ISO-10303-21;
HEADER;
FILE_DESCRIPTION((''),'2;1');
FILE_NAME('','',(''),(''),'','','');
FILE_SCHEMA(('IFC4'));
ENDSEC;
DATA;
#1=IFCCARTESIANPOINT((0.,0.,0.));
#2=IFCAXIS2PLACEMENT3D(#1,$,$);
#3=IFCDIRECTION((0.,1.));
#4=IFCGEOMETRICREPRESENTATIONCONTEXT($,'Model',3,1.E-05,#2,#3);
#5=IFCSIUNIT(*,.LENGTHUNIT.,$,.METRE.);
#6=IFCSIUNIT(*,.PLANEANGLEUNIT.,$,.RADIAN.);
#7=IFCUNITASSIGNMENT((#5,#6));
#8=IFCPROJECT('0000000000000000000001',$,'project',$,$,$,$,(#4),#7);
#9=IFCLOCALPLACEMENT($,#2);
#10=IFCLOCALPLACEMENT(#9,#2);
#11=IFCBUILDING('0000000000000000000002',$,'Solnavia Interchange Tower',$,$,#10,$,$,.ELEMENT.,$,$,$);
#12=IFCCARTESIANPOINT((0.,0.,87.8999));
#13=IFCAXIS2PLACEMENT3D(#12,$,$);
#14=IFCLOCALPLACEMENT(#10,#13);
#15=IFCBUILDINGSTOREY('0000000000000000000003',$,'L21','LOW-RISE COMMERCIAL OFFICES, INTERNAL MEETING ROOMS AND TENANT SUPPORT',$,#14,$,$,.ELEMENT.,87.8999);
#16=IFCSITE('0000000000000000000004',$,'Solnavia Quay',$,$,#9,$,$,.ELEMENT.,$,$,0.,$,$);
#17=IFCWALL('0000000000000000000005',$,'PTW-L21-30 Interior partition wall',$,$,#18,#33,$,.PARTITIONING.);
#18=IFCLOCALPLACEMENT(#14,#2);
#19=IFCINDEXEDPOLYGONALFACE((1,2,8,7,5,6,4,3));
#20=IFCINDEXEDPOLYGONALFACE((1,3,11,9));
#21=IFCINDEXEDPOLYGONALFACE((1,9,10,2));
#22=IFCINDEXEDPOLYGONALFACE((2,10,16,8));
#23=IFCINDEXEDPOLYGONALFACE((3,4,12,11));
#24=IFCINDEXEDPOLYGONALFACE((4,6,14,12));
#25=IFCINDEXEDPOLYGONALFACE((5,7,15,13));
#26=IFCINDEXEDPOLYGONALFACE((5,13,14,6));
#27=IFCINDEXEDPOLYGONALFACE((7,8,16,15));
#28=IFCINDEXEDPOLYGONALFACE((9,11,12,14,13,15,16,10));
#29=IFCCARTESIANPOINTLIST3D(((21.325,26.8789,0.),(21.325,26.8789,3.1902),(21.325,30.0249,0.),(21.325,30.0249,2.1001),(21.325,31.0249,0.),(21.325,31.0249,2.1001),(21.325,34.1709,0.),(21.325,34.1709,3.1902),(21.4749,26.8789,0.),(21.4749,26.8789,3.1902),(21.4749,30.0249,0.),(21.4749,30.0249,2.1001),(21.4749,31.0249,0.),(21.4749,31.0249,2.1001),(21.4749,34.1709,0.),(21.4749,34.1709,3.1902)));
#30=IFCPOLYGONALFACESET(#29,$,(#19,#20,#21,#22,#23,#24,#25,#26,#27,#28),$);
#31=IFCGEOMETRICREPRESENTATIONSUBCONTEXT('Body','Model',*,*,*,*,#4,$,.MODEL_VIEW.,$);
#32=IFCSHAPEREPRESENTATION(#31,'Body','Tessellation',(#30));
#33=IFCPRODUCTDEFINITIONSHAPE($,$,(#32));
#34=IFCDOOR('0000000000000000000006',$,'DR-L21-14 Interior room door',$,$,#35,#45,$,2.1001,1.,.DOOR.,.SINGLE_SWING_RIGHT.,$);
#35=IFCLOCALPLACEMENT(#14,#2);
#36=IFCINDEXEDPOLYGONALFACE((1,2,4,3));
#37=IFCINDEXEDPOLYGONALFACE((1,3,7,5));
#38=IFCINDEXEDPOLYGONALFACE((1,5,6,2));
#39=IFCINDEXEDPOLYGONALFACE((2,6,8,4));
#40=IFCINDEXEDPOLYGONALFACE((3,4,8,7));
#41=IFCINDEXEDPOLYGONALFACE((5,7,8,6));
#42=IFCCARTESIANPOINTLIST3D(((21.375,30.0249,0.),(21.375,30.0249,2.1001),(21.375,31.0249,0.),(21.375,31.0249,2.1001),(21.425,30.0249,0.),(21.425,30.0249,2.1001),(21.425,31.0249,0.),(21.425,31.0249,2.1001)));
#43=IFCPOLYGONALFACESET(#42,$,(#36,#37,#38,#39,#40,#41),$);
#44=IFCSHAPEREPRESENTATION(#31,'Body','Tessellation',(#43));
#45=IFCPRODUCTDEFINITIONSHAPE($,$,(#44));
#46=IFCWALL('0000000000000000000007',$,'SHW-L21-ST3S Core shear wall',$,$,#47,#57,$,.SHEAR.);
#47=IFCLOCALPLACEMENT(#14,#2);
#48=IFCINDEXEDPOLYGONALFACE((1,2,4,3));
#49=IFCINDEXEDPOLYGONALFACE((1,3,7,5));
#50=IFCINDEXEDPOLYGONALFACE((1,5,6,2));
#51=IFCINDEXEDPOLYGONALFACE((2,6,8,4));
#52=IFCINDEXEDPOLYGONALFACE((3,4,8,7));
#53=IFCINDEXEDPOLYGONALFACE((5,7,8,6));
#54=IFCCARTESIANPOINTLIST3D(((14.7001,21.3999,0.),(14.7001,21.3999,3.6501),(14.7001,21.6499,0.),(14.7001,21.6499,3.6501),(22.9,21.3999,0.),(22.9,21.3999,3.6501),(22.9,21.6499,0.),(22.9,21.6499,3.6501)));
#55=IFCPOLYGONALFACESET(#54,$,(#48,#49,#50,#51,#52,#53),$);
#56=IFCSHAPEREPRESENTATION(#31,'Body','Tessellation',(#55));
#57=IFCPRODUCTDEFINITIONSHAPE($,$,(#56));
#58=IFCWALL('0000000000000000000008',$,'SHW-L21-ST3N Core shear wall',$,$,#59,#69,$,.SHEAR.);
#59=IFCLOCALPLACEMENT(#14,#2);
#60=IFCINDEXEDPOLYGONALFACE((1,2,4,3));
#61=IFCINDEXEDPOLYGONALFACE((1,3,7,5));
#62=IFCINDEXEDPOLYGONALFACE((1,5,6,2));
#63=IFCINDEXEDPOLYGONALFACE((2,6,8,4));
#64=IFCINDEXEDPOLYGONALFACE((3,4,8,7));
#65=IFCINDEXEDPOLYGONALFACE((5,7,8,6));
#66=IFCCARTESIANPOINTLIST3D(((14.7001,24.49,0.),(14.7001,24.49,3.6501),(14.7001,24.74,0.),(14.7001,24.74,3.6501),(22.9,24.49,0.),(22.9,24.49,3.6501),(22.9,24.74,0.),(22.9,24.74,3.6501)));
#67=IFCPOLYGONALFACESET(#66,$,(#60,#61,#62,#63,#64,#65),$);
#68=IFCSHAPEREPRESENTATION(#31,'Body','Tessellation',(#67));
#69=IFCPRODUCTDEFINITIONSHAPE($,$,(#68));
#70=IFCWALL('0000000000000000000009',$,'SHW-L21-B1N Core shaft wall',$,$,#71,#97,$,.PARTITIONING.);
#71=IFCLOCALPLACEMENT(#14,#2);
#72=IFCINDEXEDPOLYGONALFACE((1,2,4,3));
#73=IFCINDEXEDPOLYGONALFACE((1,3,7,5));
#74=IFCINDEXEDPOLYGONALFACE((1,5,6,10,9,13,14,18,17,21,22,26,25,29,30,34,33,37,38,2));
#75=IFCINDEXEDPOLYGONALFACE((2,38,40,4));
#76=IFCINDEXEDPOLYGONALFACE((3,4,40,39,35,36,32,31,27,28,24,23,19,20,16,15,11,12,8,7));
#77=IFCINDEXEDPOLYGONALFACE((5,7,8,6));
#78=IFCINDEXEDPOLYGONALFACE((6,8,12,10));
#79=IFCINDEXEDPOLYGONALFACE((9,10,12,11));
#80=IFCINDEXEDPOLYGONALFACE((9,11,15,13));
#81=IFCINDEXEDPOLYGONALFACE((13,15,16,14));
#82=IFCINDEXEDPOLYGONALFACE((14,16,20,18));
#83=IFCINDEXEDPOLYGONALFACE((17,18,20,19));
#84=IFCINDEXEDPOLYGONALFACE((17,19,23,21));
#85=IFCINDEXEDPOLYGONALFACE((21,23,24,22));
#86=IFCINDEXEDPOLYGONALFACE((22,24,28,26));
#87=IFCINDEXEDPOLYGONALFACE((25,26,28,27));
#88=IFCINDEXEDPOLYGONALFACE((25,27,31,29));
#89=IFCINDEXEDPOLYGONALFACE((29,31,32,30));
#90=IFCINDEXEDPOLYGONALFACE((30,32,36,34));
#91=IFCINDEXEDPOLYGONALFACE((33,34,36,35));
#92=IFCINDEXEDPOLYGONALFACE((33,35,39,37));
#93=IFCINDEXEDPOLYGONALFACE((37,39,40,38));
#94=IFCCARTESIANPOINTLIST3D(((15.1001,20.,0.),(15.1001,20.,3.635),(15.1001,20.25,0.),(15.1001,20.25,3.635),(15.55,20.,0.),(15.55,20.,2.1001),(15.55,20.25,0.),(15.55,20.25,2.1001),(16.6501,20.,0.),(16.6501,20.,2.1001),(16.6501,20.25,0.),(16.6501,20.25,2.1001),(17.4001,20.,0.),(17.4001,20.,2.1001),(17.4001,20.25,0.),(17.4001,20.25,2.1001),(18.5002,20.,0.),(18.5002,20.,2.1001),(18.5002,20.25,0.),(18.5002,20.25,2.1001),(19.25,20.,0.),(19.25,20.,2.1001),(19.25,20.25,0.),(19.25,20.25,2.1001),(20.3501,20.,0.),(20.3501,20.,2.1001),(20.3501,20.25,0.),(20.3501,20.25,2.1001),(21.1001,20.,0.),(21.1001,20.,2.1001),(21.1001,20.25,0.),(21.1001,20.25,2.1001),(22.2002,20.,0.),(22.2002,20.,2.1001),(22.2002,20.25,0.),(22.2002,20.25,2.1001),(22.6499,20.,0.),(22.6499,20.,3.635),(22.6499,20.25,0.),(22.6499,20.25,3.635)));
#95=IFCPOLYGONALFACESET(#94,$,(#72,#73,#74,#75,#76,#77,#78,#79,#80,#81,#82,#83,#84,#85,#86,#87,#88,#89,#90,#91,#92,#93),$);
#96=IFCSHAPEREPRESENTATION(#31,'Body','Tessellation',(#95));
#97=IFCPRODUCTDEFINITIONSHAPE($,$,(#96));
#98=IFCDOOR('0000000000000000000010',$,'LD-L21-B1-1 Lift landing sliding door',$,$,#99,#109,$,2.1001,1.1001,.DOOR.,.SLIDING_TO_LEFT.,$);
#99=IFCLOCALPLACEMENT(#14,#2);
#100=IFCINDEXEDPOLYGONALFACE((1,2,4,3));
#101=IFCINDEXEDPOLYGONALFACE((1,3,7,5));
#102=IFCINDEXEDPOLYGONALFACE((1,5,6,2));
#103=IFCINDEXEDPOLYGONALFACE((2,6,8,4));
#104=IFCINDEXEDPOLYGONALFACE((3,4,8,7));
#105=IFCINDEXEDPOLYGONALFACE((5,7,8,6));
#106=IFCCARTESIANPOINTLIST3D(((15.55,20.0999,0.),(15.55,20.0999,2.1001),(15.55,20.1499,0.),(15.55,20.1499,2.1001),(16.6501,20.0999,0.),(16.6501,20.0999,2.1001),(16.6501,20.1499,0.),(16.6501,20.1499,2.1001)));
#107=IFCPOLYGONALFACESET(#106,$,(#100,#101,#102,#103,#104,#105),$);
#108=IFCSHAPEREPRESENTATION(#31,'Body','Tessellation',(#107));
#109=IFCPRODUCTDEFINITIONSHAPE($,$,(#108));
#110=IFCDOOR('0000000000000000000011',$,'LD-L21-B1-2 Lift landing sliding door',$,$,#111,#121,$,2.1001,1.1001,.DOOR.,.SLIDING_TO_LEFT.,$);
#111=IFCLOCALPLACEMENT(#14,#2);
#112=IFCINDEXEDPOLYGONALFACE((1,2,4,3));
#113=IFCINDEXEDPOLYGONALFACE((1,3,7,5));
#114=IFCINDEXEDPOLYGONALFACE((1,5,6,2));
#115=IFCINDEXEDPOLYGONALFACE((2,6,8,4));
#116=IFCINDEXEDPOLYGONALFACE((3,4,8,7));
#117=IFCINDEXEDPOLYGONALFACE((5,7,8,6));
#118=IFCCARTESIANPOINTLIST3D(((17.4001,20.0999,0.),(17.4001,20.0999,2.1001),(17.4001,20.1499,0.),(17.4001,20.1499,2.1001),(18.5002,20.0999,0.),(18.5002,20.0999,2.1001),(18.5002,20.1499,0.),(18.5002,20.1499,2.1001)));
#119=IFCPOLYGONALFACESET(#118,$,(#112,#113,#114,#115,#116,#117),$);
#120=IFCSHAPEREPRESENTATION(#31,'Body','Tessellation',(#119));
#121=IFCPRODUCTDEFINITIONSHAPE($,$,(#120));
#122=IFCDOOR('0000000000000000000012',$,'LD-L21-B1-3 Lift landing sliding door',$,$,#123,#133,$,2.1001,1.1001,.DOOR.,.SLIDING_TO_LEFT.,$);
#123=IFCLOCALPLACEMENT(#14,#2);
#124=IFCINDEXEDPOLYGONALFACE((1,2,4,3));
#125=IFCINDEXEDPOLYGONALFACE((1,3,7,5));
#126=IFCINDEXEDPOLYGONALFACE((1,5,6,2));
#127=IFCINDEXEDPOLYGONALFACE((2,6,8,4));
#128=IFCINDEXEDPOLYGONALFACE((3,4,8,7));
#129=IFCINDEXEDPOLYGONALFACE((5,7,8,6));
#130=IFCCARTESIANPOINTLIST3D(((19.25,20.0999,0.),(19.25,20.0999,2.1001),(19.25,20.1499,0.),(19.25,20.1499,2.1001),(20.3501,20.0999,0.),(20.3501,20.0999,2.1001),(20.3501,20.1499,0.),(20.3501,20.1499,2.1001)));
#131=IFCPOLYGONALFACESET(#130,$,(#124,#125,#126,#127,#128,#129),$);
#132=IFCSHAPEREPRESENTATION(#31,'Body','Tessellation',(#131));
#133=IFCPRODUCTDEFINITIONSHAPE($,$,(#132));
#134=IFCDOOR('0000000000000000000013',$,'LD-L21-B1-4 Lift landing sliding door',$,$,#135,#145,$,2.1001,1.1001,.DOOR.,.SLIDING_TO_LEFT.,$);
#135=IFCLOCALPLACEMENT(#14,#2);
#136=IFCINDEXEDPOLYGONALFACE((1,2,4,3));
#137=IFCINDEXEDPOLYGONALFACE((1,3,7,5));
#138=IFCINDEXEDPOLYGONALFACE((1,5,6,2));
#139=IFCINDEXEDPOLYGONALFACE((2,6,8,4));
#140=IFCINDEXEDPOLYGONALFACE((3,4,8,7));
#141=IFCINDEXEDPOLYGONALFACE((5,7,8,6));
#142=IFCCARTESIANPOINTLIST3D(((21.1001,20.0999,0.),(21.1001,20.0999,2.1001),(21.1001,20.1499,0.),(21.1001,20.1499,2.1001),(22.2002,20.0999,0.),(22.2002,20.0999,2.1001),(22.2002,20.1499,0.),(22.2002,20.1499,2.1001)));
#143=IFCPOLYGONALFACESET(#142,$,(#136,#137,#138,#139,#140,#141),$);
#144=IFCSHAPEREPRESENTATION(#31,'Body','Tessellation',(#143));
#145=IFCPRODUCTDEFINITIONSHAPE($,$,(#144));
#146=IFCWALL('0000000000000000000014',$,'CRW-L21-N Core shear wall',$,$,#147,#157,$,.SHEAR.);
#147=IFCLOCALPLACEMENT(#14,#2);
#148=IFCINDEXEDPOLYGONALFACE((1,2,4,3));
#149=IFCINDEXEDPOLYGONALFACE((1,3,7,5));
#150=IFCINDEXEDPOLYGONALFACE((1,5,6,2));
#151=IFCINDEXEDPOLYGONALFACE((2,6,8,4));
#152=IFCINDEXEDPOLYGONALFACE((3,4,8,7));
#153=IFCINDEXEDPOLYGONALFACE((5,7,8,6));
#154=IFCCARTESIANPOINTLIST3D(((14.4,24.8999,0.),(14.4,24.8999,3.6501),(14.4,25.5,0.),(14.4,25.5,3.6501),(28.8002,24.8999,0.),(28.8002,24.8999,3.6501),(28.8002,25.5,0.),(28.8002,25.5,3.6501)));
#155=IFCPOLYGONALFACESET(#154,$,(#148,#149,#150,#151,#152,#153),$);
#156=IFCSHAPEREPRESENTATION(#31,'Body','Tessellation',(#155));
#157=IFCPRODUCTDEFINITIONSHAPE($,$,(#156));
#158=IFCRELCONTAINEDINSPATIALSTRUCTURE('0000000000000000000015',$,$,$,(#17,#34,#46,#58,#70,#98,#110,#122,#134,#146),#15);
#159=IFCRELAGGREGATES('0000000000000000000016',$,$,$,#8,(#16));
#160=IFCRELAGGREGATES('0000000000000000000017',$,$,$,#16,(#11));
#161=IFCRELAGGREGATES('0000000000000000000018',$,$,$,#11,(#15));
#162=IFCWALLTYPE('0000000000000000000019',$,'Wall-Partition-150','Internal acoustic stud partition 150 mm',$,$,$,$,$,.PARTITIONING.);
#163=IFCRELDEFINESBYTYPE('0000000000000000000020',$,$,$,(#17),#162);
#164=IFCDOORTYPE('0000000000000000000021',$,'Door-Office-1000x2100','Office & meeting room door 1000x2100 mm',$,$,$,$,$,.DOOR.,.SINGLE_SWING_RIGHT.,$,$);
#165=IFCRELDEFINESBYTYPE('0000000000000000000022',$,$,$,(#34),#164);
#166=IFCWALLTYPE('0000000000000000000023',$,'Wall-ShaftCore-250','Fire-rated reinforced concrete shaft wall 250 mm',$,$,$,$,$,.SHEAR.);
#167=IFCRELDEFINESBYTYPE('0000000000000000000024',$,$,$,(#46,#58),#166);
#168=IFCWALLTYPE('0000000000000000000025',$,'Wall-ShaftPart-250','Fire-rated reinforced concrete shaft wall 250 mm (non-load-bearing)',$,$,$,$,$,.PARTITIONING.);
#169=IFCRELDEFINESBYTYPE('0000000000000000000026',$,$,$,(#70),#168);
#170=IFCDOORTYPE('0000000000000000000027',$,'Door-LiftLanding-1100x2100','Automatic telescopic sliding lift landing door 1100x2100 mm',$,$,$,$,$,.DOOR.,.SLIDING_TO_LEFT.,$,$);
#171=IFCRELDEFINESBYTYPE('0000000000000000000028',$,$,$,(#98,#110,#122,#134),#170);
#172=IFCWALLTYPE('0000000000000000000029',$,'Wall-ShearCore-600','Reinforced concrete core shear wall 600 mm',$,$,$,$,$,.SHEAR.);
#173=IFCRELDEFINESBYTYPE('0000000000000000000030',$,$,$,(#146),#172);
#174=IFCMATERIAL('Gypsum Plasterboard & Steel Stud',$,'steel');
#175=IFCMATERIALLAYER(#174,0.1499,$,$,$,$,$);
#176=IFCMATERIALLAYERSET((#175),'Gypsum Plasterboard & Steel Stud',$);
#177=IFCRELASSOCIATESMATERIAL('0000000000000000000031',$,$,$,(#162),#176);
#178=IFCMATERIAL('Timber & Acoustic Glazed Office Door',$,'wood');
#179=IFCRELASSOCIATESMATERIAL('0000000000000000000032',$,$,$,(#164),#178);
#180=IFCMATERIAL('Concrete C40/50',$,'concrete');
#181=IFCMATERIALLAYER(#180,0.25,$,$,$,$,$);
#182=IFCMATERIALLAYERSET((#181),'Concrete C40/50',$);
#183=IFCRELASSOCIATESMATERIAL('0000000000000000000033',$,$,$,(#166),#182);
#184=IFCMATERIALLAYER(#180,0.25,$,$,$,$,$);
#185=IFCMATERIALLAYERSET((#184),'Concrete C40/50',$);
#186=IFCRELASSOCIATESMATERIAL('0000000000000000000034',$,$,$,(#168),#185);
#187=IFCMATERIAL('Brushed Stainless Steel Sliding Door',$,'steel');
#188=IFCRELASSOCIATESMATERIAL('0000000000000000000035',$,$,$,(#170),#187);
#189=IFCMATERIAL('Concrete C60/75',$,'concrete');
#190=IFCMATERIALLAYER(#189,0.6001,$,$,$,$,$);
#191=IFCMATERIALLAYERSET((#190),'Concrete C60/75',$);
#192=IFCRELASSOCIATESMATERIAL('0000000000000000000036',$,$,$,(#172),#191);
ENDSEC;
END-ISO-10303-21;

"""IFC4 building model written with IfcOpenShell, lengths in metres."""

from ifc_helpers import new_model, si_unit, direction, frame, frame_2d, origin, place, context, subcontext, project, spatial, rectangle, extrude, material, layer, layer_set, type_object, element, fill, save


model = new_model("IFC4")

# Units and contexts
model_context = context("Model", 3, precision=1e-05, world=origin(), true_north=direction((0.0, 1.0)))
body_context = subcontext(model_context, "Body", "Model", "MODEL_VIEW")
ifc_project = project(units=[si_unit("LENGTHUNIT", "METRE"), si_unit("PLANEANGLEUNIT", "RADIAN")], contexts=[model_context])

# Site, building, storey
site_placement = place(None, origin())
site = spatial("IfcSite", under=ifc_project, at=site_placement, Name="Solnavia Quay", CompositionType="ELEMENT", RefElevation=0.0)
building_placement = place(site_placement, origin())
building = spatial("IfcBuilding", under=site, at=building_placement, Name="Solnavia Interchange Tower", CompositionType="ELEMENT")
storey_placement = place(building_placement, frame((0.0, 0.0, 87.8999)))
storey = spatial("IfcBuildingStorey", under=building, at=storey_placement, Name="L21", Description="LOW-RISE COMMERCIAL OFFICES, INTERNAL MEETING ROOMS AND TENANT SUPPORT", CompositionType="ELEMENT", Elevation=87.8999)

# Shared definitions
ifc_material_1 = material(Name="Gypsum Plasterboard & Steel Stud", Category="steel")
ifc_layer_1 = layer(ifc_material_1, 0.1499)
ifc_layer_set_1 = layer_set([ifc_layer_1], Name="Gypsum Plasterboard & Steel Stud")
wall_type_1 = type_object("IfcWallType", Name="Wall-Partition-150", Description="Internal acoustic stud partition 150 mm", PredefinedType="PARTITIONING", material=ifc_layer_set_1)

# Wall, opening, door
wall_1_placement = place(storey_placement, frame((21.3999, 26.8789, 0.0), z_axis=(0.0, 0.0, 1.0), x_axis=(0.0, 1.0, 0.0)))
wall_1 = element("IfcWall", 1, at=wall_1_placement, inside=storey, type_object=wall_type_1, Name="PTW-L21-30 Interior partition wall", PredefinedType="PARTITIONING", context=body_context, shape_type="SweptSolid", body=[
    extrude(rectangle(XDim=7.292, YDim=0.1499, at=frame_2d((3.646, 0.0))), origin(), (0.0, 0.0, 1.0), 3.1902),
])
opening_1_placement = place(wall_1_placement, frame((3.146, 0.0, 0.0)))
opening_1 = element("IfcOpeningElement", 2, at=opening_1_placement, cuts=wall_1, PredefinedType="OPENING", context=body_context, shape_type="SweptSolid", body=[
    extrude(rectangle(XDim=1.0, YDim=2.1001, at=frame_2d((0.5, 1.05))), frame((0.0, 0.085, 0.0), z_axis=(0.0, -1.0, 0.0), x_axis=(1.0, 0.0, 0.0)), (0.0, 0.0, 1.0), 0.1699),
])
ifc_material_2 = material(Name="Timber & Acoustic Glazed Office Door", Category="wood")
door_type_1 = type_object("IfcDoorType", Name="Door-Office-1000x2100", Description="Office & meeting room door 1000x2100 mm", OperationType="SINGLE_SWING_RIGHT", PredefinedType="DOOR", material=ifc_material_2)
door_1_placement = place(opening_1_placement, origin())
door_1 = element("IfcDoor", 3, at=door_1_placement, inside=storey, type_object=door_type_1, Name="DR-L21-14 Interior room door", OperationType="SINGLE_SWING_RIGHT", OverallHeight=2.1001, OverallWidth=1.0, PredefinedType="DOOR", context=body_context, shape_type="SweptSolid", body=[
    extrude(rectangle(XDim=1.0, YDim=2.1001, at=frame_2d((0.5, 1.05))), frame((0.0, 0.0249, 0.0), z_axis=(0.0, -1.0, 0.0), x_axis=(1.0, 0.0, 0.0)), (0.0, 0.0, 1.0), 0.05),
])
fill(opening_1, door_1)

# Walls
ifc_material_3 = material(Name="Concrete C40/50", Category="concrete")
ifc_layer_2 = layer(ifc_material_3, 0.25)
ifc_layer_set_2 = layer_set([ifc_layer_2], Name="Concrete C40/50")
wall_type_2 = type_object("IfcWallType", Name="Wall-ShaftCore-250", Description="Fire-rated reinforced concrete shaft wall 250 mm", PredefinedType="SHEAR", material=ifc_layer_set_2)
for number, where, z_axis, x_axis, name in (
    (4, (14.7, 21.5249, 0.0), (0.0, 0.0, 1.0), (1.0, 0.0, 0.0), "SHW-L21-ST3S Core shear wall"),
    (5, (14.7, 24.615, 0.0), (0.0, 0.0, 1.0), (1.0, 0.0, 0.0), "SHW-L21-ST3N Core shear wall"),
):
    element("IfcWall", number, at=place(storey_placement, frame(where, z_axis=z_axis, x_axis=x_axis)), inside=storey, type_object=wall_type_2, Name=name, PredefinedType="SHEAR", context=body_context, shape_type="SweptSolid", body=[
        extrude(rectangle(XDim=8.2, YDim=0.25, at=frame_2d((4.1001, 0.0))), origin(), (0.0, 0.0, 1.0), 3.6501),
    ])

# Wall, openings, doors
ifc_layer_3 = layer(ifc_material_3, 0.25)
ifc_layer_set_3 = layer_set([ifc_layer_3], Name="Concrete C40/50")
wall_type_3 = type_object("IfcWallType", Name="Wall-ShaftPart-250", Description="Fire-rated reinforced concrete shaft wall 250 mm (non-load-bearing)", PredefinedType="PARTITIONING", material=ifc_layer_set_3)
wall_2_placement = place(storey_placement, frame((15.1001, 20.125, 0.0), z_axis=(0.0, 0.0, 1.0), x_axis=(1.0, 0.0, 0.0)))
wall_2 = element("IfcWall", 6, at=wall_2_placement, inside=storey, type_object=wall_type_3, Name="SHW-L21-B1N Core shaft wall", PredefinedType="PARTITIONING", context=body_context, shape_type="SweptSolid", body=[
    extrude(rectangle(XDim=7.5498, YDim=0.25, at=frame_2d((3.7749, 0.0))), origin(), (0.0, 0.0, 1.0), 3.635),
])
opening_2_placement = place(wall_2_placement, frame((0.45, 0.0, 0.0)))
opening_2 = element("IfcOpeningElement", 7, at=opening_2_placement, cuts=wall_2, PredefinedType="OPENING", context=body_context, shape_type="SweptSolid", body=[
    extrude(rectangle(XDim=1.1001, YDim=2.1001, at=frame_2d((0.55, 1.05))), frame((0.0, 0.135, 0.0), z_axis=(0.0, -1.0, 0.0), x_axis=(1.0, 0.0, 0.0)), (0.0, 0.0, 1.0), 0.27),
])
opening_3_placement = place(wall_2_placement, frame((2.3, 0.0, 0.0)))
opening_3 = element("IfcOpeningElement", 8, at=opening_3_placement, cuts=wall_2, PredefinedType="OPENING", context=body_context, shape_type="SweptSolid", body=[
    extrude(rectangle(XDim=1.1001, YDim=2.1001, at=frame_2d((0.55, 1.05))), frame((0.0, 0.135, 0.0), z_axis=(0.0, -1.0, 0.0), x_axis=(1.0, 0.0, 0.0)), (0.0, 0.0, 1.0), 0.27),
])
opening_4_placement = place(wall_2_placement, frame((4.1499, 0.0, 0.0)))
opening_4 = element("IfcOpeningElement", 9, at=opening_4_placement, cuts=wall_2, PredefinedType="OPENING", context=body_context, shape_type="SweptSolid", body=[
    extrude(rectangle(XDim=1.1001, YDim=2.1001, at=frame_2d((0.55, 1.05))), frame((0.0, 0.135, 0.0), z_axis=(0.0, -1.0, 0.0), x_axis=(1.0, 0.0, 0.0)), (0.0, 0.0, 1.0), 0.27),
])
opening_5_placement = place(wall_2_placement, frame((6.0, 0.0, 0.0)))
opening_5 = element("IfcOpeningElement", 10, at=opening_5_placement, cuts=wall_2, PredefinedType="OPENING", context=body_context, shape_type="SweptSolid", body=[
    extrude(rectangle(XDim=1.1001, YDim=2.1001, at=frame_2d((0.55, 1.05))), frame((0.0, 0.135, 0.0), z_axis=(0.0, -1.0, 0.0), x_axis=(1.0, 0.0, 0.0)), (0.0, 0.0, 1.0), 0.27),
])
ifc_material_4 = material(Name="Brushed Stainless Steel Sliding Door", Category="steel")
door_type_2 = type_object("IfcDoorType", Name="Door-LiftLanding-1100x2100", Description="Automatic telescopic sliding lift landing door 1100x2100 mm", OperationType="SLIDING_TO_LEFT", PredefinedType="DOOR", material=ifc_material_4)
door_2_placement = place(opening_2_placement, origin())
door_2 = element("IfcDoor", 11, at=door_2_placement, inside=storey, type_object=door_type_2, Name="LD-L21-B1-1 Lift landing sliding door", OperationType="SLIDING_TO_LEFT", OverallHeight=2.1001, OverallWidth=1.1001, PredefinedType="DOOR", context=body_context, shape_type="SweptSolid", body=[
    extrude(rectangle(XDim=1.1001, YDim=2.1001, at=frame_2d((0.55, 1.05))), frame((0.0, 0.0249, 0.0), z_axis=(0.0, -1.0, 0.0), x_axis=(1.0, 0.0, 0.0)), (0.0, 0.0, 1.0), 0.05),
])
fill(opening_2, door_2)
door_3_placement = place(opening_3_placement, origin())
door_3 = element("IfcDoor", 12, at=door_3_placement, inside=storey, type_object=door_type_2, Name="LD-L21-B1-2 Lift landing sliding door", OperationType="SLIDING_TO_LEFT", OverallHeight=2.1001, OverallWidth=1.1001, PredefinedType="DOOR", context=body_context, shape_type="SweptSolid", body=[
    extrude(rectangle(XDim=1.1001, YDim=2.1001, at=frame_2d((0.55, 1.05))), frame((0.0, 0.0249, 0.0), z_axis=(0.0, -1.0, 0.0), x_axis=(1.0, 0.0, 0.0)), (0.0, 0.0, 1.0), 0.05),
])
fill(opening_3, door_3)
door_4_placement = place(opening_4_placement, origin())
door_4 = element("IfcDoor", 13, at=door_4_placement, inside=storey, type_object=door_type_2, Name="LD-L21-B1-3 Lift landing sliding door", OperationType="SLIDING_TO_LEFT", OverallHeight=2.1001, OverallWidth=1.1001, PredefinedType="DOOR", context=body_context, shape_type="SweptSolid", body=[
    extrude(rectangle(XDim=1.1001, YDim=2.1001, at=frame_2d((0.55, 1.05))), frame((0.0, 0.0249, 0.0), z_axis=(0.0, -1.0, 0.0), x_axis=(1.0, 0.0, 0.0)), (0.0, 0.0, 1.0), 0.05),
])
fill(opening_4, door_4)
door_5_placement = place(opening_5_placement, origin())
door_5 = element("IfcDoor", 14, at=door_5_placement, inside=storey, type_object=door_type_2, Name="LD-L21-B1-4 Lift landing sliding door", OperationType="SLIDING_TO_LEFT", OverallHeight=2.1001, OverallWidth=1.1001, PredefinedType="DOOR", context=body_context, shape_type="SweptSolid", body=[
    extrude(rectangle(XDim=1.1001, YDim=2.1001, at=frame_2d((0.55, 1.05))), frame((0.0, 0.0249, 0.0), z_axis=(0.0, -1.0, 0.0), x_axis=(1.0, 0.0, 0.0)), (0.0, 0.0, 1.0), 0.05),
])
fill(opening_5, door_5)

# Wall
ifc_material_5 = material(Name="Concrete C60/75", Category="concrete")
ifc_layer_4 = layer(ifc_material_5, 0.6001)
ifc_layer_set_4 = layer_set([ifc_layer_4], Name="Concrete C60/75")
wall_type_4 = type_object("IfcWallType", Name="Wall-ShearCore-600", Description="Reinforced concrete core shear wall 600 mm", PredefinedType="SHEAR", material=ifc_layer_set_4)
wall_3_placement = place(storey_placement, frame((14.3999, 25.2, 0.0), z_axis=(0.0, 0.0, 1.0), x_axis=(1.0, 0.0, 0.0)))
element("IfcWall", 15, at=wall_3_placement, inside=storey, type_object=wall_type_4, Name="CRW-L21-N Core shear wall", PredefinedType="SHEAR", context=body_context, shape_type="SweptSolid", body=[
    extrude(rectangle(XDim=14.4001, YDim=0.6001, at=frame_2d((7.2002, 0.0))), origin(), (0.0, 0.0, 1.0), 3.6501),
])

save(model, "model.ifc")
